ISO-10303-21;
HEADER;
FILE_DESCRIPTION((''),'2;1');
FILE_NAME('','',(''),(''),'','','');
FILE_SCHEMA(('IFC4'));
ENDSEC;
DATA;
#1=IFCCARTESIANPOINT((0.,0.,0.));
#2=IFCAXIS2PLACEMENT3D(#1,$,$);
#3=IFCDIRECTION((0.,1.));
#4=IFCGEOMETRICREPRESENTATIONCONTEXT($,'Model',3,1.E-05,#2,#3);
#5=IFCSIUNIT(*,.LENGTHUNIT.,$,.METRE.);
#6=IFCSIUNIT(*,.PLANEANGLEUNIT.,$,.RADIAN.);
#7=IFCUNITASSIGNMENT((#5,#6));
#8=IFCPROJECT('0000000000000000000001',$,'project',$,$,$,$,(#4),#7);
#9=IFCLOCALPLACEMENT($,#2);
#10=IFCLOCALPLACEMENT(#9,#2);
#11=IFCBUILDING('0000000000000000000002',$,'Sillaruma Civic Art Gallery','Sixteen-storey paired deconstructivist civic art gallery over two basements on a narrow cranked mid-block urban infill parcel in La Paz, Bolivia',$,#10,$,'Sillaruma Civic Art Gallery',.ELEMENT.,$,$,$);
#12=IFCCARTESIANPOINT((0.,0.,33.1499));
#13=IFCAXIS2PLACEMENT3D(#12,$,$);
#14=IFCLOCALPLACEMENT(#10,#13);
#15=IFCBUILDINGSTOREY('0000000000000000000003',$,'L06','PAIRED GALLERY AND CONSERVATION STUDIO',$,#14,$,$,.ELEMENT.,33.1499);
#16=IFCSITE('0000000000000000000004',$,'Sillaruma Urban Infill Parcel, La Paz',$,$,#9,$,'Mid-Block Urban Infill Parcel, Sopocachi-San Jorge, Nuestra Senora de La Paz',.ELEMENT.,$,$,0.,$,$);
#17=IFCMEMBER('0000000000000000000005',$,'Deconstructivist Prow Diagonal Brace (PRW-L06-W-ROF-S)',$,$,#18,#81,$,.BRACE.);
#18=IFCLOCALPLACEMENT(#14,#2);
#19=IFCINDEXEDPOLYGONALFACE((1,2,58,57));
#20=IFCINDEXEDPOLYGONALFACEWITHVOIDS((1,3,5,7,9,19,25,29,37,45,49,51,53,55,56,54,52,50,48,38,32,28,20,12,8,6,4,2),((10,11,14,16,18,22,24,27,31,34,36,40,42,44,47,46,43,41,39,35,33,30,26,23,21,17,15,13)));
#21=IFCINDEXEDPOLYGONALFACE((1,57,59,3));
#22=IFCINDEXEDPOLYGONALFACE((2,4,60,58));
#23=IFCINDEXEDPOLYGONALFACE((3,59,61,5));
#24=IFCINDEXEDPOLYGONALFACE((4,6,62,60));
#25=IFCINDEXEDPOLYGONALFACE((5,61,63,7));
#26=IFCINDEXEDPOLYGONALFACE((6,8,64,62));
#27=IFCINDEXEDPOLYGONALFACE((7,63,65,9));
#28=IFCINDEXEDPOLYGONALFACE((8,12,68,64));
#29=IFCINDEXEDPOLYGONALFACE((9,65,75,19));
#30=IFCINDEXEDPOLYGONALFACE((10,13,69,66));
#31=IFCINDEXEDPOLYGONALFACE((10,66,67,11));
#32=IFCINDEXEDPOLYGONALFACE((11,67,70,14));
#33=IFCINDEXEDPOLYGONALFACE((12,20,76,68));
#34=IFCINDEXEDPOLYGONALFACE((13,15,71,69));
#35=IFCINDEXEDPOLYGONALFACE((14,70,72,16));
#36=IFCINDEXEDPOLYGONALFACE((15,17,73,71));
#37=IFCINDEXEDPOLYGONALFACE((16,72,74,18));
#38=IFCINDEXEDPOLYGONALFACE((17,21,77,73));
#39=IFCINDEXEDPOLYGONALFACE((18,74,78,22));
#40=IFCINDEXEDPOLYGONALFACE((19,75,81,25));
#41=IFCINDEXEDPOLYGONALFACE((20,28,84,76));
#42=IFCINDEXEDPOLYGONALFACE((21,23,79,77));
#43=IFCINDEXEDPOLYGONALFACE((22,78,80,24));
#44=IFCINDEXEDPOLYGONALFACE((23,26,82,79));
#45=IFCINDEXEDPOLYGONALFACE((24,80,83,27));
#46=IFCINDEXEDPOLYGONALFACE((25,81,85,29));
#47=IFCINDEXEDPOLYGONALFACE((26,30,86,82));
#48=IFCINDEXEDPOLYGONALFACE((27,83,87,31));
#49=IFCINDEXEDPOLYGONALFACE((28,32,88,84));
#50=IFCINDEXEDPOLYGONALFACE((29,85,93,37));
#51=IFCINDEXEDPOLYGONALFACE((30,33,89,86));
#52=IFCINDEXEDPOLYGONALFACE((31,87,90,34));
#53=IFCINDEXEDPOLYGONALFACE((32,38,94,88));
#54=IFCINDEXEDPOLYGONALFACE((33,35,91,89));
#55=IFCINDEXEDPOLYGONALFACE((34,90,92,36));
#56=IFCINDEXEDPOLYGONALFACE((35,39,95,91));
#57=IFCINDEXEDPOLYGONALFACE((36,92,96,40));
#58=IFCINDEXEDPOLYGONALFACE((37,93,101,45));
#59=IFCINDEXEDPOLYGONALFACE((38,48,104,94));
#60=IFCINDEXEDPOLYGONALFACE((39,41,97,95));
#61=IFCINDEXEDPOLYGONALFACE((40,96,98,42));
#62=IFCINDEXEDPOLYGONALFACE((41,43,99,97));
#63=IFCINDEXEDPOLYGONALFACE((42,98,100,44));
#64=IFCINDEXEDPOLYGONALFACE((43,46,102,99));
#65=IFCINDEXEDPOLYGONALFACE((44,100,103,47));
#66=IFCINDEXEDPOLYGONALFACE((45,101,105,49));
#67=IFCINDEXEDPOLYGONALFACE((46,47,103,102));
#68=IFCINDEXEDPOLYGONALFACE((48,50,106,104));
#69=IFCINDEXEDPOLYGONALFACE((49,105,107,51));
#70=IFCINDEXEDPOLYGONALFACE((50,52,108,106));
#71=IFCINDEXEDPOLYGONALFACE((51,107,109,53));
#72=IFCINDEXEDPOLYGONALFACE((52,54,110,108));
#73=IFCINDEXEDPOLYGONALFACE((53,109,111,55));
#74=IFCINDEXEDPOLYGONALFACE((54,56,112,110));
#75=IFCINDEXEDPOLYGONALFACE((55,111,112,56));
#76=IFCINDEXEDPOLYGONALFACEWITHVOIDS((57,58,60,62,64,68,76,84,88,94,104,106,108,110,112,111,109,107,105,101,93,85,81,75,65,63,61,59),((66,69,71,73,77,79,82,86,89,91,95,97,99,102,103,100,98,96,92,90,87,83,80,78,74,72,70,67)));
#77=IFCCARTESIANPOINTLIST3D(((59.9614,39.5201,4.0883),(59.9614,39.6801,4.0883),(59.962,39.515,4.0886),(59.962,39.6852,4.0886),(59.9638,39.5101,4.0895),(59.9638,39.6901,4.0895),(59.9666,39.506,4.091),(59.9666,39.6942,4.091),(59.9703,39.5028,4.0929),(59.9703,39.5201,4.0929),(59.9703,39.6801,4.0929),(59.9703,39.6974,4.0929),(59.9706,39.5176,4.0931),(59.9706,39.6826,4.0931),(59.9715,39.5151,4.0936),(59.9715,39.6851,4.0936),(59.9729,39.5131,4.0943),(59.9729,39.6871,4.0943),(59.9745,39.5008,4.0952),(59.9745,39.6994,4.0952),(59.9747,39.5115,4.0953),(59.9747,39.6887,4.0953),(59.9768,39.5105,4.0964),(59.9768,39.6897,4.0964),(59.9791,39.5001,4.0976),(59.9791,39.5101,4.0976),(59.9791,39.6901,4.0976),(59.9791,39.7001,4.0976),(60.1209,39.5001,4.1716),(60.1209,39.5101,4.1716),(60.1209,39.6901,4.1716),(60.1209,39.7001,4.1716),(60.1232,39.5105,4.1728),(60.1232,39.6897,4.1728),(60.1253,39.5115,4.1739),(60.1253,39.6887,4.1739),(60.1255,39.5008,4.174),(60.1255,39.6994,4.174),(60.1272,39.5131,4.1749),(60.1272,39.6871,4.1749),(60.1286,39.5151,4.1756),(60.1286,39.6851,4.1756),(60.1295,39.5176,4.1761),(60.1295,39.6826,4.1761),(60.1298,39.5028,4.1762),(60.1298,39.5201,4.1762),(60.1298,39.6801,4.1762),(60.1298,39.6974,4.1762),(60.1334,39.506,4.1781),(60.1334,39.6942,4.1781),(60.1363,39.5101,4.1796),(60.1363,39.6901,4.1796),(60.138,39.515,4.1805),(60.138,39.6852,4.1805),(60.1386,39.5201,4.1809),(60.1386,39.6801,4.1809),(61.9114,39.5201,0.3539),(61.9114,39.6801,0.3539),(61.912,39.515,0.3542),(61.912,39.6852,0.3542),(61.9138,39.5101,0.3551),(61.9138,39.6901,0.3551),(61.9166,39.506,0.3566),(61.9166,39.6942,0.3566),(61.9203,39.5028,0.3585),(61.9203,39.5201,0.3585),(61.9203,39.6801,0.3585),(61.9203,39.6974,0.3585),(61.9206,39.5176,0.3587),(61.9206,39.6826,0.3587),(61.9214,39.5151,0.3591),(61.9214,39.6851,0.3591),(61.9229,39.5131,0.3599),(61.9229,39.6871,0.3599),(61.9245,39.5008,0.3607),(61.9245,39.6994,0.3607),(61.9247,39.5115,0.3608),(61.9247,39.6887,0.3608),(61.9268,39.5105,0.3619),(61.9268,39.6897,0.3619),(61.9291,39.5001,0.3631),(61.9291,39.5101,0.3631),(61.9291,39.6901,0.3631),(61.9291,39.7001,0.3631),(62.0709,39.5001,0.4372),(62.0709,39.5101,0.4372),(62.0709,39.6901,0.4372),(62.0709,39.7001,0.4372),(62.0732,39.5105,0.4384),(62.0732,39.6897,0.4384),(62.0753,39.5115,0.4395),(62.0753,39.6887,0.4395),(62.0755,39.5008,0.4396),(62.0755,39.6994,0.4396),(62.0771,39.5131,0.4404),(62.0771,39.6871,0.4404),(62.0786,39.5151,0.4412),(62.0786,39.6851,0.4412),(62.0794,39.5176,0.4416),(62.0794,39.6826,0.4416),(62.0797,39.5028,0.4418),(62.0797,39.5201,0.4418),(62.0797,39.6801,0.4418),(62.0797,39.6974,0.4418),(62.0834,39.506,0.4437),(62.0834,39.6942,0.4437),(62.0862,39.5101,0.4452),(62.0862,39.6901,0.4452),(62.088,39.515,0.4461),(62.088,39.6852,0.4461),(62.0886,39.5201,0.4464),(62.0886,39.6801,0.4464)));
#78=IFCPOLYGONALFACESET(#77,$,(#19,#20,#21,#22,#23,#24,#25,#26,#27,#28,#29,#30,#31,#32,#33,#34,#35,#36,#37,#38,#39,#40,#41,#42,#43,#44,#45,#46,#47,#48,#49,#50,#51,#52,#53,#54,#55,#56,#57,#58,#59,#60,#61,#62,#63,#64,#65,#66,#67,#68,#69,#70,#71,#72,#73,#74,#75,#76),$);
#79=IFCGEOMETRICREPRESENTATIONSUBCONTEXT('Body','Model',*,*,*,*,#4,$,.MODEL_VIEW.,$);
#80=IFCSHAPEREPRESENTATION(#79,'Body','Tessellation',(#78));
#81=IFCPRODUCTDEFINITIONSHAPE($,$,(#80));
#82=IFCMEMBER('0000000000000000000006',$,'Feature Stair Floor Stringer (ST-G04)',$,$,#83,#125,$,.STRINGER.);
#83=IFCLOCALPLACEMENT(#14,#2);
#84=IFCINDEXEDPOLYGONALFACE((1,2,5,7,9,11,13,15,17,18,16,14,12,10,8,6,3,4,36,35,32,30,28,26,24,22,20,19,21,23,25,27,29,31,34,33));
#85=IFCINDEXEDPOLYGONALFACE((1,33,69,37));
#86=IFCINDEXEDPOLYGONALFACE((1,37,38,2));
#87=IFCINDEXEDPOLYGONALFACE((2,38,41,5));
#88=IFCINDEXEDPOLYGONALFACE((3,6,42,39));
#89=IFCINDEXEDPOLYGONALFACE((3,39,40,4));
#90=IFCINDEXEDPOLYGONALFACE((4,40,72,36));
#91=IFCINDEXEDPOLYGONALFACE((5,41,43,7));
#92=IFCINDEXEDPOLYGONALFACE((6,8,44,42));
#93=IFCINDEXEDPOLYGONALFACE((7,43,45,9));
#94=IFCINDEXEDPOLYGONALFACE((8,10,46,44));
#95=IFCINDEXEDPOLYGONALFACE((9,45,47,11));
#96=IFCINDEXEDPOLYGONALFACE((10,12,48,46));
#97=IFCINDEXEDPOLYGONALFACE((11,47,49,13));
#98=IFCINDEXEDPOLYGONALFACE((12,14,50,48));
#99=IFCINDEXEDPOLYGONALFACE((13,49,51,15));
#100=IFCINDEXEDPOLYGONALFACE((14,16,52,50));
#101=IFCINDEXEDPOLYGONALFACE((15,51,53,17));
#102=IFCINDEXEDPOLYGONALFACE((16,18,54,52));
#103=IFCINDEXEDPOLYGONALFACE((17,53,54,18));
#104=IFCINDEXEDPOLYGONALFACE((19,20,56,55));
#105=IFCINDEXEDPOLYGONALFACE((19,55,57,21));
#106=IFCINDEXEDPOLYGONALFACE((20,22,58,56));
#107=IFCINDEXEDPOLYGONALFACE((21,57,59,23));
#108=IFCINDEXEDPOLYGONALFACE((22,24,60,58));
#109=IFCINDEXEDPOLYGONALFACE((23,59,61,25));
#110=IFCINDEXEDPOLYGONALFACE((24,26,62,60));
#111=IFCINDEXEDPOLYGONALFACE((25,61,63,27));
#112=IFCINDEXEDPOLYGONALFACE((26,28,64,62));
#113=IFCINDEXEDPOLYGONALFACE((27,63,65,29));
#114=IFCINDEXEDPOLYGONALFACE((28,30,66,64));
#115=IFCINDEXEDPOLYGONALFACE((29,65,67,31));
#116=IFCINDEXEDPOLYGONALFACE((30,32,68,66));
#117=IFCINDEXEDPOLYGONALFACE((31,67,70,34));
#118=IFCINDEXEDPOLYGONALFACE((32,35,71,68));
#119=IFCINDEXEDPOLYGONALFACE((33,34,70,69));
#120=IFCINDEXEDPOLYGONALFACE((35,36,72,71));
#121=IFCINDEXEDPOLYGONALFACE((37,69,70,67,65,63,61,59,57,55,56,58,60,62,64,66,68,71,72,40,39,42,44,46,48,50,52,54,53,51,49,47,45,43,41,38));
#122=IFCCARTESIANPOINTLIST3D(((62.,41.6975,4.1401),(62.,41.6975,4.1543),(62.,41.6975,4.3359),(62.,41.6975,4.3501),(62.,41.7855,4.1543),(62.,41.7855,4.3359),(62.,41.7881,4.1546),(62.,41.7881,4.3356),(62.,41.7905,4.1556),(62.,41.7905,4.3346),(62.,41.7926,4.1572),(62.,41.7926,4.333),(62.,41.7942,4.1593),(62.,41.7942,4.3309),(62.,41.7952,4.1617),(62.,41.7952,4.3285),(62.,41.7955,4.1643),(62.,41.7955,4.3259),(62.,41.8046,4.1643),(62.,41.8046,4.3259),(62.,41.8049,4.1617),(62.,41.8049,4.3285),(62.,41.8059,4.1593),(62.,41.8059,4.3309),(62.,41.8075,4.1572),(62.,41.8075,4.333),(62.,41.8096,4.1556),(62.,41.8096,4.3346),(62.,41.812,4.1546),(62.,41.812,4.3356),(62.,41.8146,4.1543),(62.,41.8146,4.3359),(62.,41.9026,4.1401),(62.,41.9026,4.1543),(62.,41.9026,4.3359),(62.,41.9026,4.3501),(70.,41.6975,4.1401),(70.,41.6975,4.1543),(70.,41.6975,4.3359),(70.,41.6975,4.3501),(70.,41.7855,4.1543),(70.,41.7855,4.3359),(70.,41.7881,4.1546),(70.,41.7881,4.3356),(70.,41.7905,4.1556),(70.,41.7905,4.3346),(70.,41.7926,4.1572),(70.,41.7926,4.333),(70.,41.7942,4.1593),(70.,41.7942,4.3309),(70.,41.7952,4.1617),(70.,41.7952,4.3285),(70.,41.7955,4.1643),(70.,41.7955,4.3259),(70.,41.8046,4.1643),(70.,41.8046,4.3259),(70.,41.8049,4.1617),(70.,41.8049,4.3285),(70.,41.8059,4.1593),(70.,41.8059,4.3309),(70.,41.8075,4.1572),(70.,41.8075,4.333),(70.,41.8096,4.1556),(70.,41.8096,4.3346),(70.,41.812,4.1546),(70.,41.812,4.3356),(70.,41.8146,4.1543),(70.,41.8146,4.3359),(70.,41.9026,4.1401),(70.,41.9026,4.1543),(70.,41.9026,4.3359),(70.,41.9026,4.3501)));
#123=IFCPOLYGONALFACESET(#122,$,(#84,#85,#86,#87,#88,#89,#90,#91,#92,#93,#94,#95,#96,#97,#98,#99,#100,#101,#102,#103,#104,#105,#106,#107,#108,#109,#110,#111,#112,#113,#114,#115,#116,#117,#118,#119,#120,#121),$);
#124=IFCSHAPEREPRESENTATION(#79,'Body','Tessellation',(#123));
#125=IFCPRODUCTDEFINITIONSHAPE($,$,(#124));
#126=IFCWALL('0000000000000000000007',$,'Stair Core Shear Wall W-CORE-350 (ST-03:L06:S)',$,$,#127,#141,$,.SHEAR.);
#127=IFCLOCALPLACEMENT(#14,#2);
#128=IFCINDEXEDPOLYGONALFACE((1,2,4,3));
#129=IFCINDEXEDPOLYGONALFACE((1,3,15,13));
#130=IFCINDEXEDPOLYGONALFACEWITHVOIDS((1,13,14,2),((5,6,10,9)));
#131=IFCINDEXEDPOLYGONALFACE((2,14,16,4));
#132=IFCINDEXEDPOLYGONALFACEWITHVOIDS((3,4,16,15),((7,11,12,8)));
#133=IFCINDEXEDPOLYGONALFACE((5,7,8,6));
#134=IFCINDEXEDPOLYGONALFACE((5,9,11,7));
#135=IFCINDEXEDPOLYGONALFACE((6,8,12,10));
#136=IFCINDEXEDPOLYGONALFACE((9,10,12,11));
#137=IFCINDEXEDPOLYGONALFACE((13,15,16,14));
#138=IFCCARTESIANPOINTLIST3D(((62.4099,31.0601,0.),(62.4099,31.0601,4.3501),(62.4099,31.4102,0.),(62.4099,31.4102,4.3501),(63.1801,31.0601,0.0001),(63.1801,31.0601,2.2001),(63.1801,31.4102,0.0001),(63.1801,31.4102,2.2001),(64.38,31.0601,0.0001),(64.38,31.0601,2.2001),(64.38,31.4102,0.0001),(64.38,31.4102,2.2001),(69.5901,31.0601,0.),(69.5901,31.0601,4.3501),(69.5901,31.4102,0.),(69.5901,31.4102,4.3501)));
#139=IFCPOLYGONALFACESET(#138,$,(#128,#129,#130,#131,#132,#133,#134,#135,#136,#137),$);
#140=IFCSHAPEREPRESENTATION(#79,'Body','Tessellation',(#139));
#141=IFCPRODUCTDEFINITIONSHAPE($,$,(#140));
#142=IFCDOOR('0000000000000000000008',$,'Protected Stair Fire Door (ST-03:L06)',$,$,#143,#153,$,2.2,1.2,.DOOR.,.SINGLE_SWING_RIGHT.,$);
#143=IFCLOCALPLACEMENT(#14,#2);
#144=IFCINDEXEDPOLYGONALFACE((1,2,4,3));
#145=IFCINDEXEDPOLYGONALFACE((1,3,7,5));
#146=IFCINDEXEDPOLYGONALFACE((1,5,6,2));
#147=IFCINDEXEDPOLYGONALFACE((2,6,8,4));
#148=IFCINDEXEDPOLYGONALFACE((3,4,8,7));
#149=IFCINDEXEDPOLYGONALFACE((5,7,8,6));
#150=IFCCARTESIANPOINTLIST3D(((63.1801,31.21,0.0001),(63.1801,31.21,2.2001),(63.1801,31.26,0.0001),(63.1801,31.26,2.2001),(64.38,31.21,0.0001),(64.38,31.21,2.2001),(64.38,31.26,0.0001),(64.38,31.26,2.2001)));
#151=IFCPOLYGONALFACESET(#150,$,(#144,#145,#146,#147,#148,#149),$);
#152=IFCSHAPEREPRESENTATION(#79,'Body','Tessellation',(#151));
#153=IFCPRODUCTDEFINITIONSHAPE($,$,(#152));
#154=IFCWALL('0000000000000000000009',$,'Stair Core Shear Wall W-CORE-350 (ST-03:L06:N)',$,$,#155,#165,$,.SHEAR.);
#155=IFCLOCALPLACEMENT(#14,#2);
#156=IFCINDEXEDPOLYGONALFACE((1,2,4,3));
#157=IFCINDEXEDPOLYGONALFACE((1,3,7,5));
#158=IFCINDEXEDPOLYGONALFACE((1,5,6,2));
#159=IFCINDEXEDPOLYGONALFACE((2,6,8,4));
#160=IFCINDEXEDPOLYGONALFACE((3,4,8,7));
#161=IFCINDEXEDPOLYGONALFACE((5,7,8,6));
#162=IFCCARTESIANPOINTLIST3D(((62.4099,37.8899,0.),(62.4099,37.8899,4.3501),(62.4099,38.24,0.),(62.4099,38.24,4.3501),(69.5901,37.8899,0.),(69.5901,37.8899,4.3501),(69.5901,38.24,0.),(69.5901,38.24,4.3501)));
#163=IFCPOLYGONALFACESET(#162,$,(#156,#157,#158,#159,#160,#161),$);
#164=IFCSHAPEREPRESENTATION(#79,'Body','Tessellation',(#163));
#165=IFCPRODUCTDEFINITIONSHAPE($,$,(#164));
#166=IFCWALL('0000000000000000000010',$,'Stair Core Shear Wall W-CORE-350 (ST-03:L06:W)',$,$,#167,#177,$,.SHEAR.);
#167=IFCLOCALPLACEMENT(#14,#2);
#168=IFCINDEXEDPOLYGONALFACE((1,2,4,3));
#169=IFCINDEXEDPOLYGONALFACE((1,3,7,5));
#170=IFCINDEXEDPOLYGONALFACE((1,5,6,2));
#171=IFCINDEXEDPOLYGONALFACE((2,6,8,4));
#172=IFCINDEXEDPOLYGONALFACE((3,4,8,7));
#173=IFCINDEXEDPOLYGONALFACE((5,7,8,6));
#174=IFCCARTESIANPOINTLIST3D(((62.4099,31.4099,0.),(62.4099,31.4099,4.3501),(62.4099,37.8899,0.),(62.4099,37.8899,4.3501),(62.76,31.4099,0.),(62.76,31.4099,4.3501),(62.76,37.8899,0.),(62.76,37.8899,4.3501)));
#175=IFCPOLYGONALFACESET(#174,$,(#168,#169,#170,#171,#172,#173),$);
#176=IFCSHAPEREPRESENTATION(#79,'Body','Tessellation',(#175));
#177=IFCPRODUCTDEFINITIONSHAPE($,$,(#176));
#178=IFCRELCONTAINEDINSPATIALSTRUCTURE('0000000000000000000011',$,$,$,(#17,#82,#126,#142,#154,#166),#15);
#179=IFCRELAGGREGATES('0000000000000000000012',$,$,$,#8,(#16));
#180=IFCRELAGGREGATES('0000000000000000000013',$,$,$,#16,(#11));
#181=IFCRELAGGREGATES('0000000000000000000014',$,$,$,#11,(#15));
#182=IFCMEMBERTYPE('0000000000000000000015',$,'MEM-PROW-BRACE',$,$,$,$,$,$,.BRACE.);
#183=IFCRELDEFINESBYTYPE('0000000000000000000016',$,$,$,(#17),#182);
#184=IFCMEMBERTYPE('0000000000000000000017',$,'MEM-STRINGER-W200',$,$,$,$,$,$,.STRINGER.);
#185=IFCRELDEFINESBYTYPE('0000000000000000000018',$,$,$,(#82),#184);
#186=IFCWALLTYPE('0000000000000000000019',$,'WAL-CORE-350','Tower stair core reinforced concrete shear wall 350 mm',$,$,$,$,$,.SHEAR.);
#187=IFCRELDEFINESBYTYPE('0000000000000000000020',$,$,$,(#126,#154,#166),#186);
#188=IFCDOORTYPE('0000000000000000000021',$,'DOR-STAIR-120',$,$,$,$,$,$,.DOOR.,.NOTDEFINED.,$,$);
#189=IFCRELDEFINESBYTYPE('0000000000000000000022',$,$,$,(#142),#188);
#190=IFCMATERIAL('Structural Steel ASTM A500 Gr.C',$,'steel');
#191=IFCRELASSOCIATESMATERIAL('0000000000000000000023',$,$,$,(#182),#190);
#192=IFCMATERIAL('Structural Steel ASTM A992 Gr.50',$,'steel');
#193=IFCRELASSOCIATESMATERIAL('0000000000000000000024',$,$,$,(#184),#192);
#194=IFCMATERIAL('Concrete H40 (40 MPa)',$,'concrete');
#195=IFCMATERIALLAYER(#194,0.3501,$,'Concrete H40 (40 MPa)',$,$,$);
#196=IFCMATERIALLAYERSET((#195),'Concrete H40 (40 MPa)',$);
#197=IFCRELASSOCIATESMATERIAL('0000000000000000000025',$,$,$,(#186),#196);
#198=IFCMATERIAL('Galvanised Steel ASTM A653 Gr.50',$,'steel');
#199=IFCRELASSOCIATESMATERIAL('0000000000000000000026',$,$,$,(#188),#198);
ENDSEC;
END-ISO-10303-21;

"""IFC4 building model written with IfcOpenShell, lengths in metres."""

from ifc_helpers import new_model, si_unit, direction, frame, frame_2d, origin, origin_2d, place, context, subcontext, project, spatial, rectangle, hollow_rectangle, i_section, extrude, material, layer, layer_set, material_profile, profile_set, type_object, element, fill, save


model = new_model("IFC4")

# Units and contexts
model_context = context("Model", 3, precision=1e-05, world=origin(), true_north=direction((0.0, 1.0)))
body_context = subcontext(model_context, "Body", "Model", "MODEL_VIEW")
ifc_project = project(units=[si_unit("LENGTHUNIT", "METRE"), si_unit("PLANEANGLEUNIT", "RADIAN")], contexts=[model_context])

# Site, building, storey
site_placement = place(None, origin())
site = spatial("IfcSite", under=ifc_project, at=site_placement, Name="Sillaruma Urban Infill Parcel, La Paz", LongName="Mid-Block Urban Infill Parcel, Sopocachi-San Jorge, Nuestra Senora de La Paz", CompositionType="ELEMENT", RefElevation=0.0)
building_placement = place(site_placement, origin())
building = spatial("IfcBuilding", under=site, at=building_placement, Name="Sillaruma Civic Art Gallery", Description="Sixteen-storey paired deconstructivist civic art gallery over two basements on a narrow cranked mid-block urban infill parcel in La Paz, Bolivia", LongName="Sillaruma Civic Art Gallery", CompositionType="ELEMENT")
storey_placement = place(building_placement, frame((0.0, 0.0, 33.1499)))
storey = spatial("IfcBuildingStorey", under=building, at=storey_placement, Name="L06", Description="PAIRED GALLERY AND CONSERVATION STUDIO", CompositionType="ELEMENT", Elevation=33.1499)

# Shared definitions
ifc_material_1 = material(Name="Concrete H40 (40 MPa)", Category="concrete")

# Shared definitions
ifc_material_2 = material(Name="Structural Steel ASTM A500 Gr.C", Category="steel")
ifc_material_3 = material(Name="Structural Steel ASTM A992 Gr.50", Category="steel")

# Members
ifc_material_profile_1 = material_profile(ifc_material_2, hollow_rectangle(XDim=0.2, YDim=0.2, WallThickness=0.01, InnerFilletRadius=0.01, OuterFilletRadius=0.02, at=origin_2d()), Name="HSS200x200x10")
ifc_profile_set_1 = profile_set([ifc_material_profile_1], Name="Structural Steel ASTM A500 Gr.C")
member_type_1 = type_object("IfcMemberType", Name="MEM-PROW-BRACE", PredefinedType="BRACE", material=ifc_profile_set_1)
member_1_placement = place(storey_placement, frame((62.0, 39.6001, 0.4001), z_axis=(-0.462861, 0.0, 0.886431), x_axis=(0.0, -1.0, 0.0)))
element("IfcMember", 1, at=member_1_placement, inside=storey, type_object=member_type_1, Name="Deconstructivist Prow Diagonal Brace (PRW-L06-W-ROF-S)", PredefinedType="BRACE", context=body_context, shape_type="SweptSolid", body=[
    extrude(hollow_rectangle(XDim=0.2, YDim=0.2, WallThickness=0.01, InnerFilletRadius=0.01, OuterFilletRadius=0.02, at=origin_2d()), origin(), (0.0, 0.0, 1.0), 4.2129),
])
ifc_material_profile_2 = material_profile(ifc_material_3, i_section(OverallWidth=0.2051, OverallDepth=0.21, WebThickness=0.009, FlangeThickness=0.0142, FilletRadius=0.01, at=origin_2d()), Name="W200x59")
ifc_profile_set_2 = profile_set([ifc_material_profile_2], Name="Structural Steel ASTM A992 Gr.50")
member_type_2 = type_object("IfcMemberType", Name="MEM-STRINGER-W200", PredefinedType="STRINGER", material=ifc_profile_set_2)
member_2_placement = place(storey_placement, frame((62.0, 41.8, 4.2451), z_axis=(1.0, 0.0, 0.0), x_axis=(0.0, 1.0, 0.0)))
element("IfcMember", 2, at=member_2_placement, inside=storey, type_object=member_type_2, Name="Feature Stair Floor Stringer (ST-G04)", PredefinedType="STRINGER", context=body_context, shape_type="SweptSolid", body=[
    extrude(i_section(OverallWidth=0.2051, OverallDepth=0.21, WebThickness=0.009, FlangeThickness=0.0142, FilletRadius=0.01, at=origin_2d()), origin(), (0.0, 0.0, 1.0), 8.0),
])

# Wall, opening, door
ifc_layer_1 = layer(ifc_material_1, 0.3501, Name="Concrete H40 (40 MPa)")
ifc_layer_set_1 = layer_set([ifc_layer_1], Name="Concrete H40 (40 MPa)")
wall_type_1 = type_object("IfcWallType", Name="WAL-CORE-350", Description="Tower stair core reinforced concrete shear wall 350 mm", PredefinedType="SHEAR", material=ifc_layer_set_1)
wall_1_placement = place(storey_placement, frame((62.4099, 31.2351, 0.0), z_axis=(0.0, 0.0, 1.0), x_axis=(1.0, 0.0, 0.0)))
wall_1 = element("IfcWall", 3, at=wall_1_placement, inside=storey, type_object=wall_type_1, Name="Stair Core Shear Wall W-CORE-350 (ST-03:L06:S)", PredefinedType="SHEAR", context=body_context, shape_type="SweptSolid", body=[
    extrude(rectangle(XDim=7.1802, YDim=0.3501, at=frame_2d((3.5901, 0.0))), origin(), (0.0, 0.0, 1.0), 4.3501),
])
opening_1_placement = place(wall_1_placement, frame((0.77, 0.0, 0.0)))
opening_1 = element("IfcOpeningElement", 4, at=opening_1_placement, cuts=wall_1, PredefinedType="OPENING", context=body_context, shape_type="SweptSolid", body=[
    extrude(rectangle(XDim=1.2, YDim=2.2, at=frame_2d((0.6001, 1.1001))), frame((0.0, 0.1851, 0.0), z_axis=(0.0, -1.0, 0.0), x_axis=(1.0, 0.0, 0.0)), (0.0, 0.0, 1.0), 0.3701),
])
ifc_material_4 = material(Name="Galvanised Steel ASTM A653 Gr.50", Category="steel")
door_type = type_object("IfcDoorType", Name="DOR-STAIR-120", OperationType="NOTDEFINED", PredefinedType="DOOR", material=ifc_material_4)
door_placement = place(opening_1_placement, origin())
door = element("IfcDoor", 5, at=door_placement, inside=storey, type_object=door_type, Name="Protected Stair Fire Door (ST-03:L06)", OperationType="SINGLE_SWING_RIGHT", OverallHeight=2.2, OverallWidth=1.2, PredefinedType="DOOR", context=body_context, shape_type="SweptSolid", body=[
    extrude(rectangle(XDim=1.2, YDim=2.2, at=frame_2d((0.6001, 1.1001))), frame((0.0, 0.0249, 0.0), z_axis=(0.0, -1.0, 0.0), x_axis=(1.0, 0.0, 0.0)), (0.0, 0.0, 1.0), 0.05),
])
fill(opening_1, door)

# Walls
wall_2_placement = place(storey_placement, frame((62.4099, 38.0649, 0.0), z_axis=(0.0, 0.0, 1.0), x_axis=(1.0, 0.0, 0.0)))
element("IfcWall", 6, at=wall_2_placement, inside=storey, type_object=wall_type_1, Name="Stair Core Shear Wall W-CORE-350 (ST-03:L06:N)", PredefinedType="SHEAR", context=body_context, shape_type="SweptSolid", body=[
    extrude(rectangle(XDim=7.1802, YDim=0.3501, at=frame_2d((3.5901, 0.0))), origin(), (0.0, 0.0, 1.0), 4.3501),
])
wall_3_placement = place(storey_placement, frame((62.585, 31.4099, 0.0), z_axis=(0.0, 0.0, 1.0), x_axis=(0.0, 1.0, 0.0)))
element("IfcWall", 7, at=wall_3_placement, inside=storey, type_object=wall_type_1, Name="Stair Core Shear Wall W-CORE-350 (ST-03:L06:W)", PredefinedType="SHEAR", context=body_context, shape_type="SweptSolid", body=[
    extrude(rectangle(XDim=6.48, YDim=0.3501, at=frame_2d((3.24, 0.0))), origin(), (0.0, 0.0, 1.0), 4.3501),
])

save(model, "model.ifc")
